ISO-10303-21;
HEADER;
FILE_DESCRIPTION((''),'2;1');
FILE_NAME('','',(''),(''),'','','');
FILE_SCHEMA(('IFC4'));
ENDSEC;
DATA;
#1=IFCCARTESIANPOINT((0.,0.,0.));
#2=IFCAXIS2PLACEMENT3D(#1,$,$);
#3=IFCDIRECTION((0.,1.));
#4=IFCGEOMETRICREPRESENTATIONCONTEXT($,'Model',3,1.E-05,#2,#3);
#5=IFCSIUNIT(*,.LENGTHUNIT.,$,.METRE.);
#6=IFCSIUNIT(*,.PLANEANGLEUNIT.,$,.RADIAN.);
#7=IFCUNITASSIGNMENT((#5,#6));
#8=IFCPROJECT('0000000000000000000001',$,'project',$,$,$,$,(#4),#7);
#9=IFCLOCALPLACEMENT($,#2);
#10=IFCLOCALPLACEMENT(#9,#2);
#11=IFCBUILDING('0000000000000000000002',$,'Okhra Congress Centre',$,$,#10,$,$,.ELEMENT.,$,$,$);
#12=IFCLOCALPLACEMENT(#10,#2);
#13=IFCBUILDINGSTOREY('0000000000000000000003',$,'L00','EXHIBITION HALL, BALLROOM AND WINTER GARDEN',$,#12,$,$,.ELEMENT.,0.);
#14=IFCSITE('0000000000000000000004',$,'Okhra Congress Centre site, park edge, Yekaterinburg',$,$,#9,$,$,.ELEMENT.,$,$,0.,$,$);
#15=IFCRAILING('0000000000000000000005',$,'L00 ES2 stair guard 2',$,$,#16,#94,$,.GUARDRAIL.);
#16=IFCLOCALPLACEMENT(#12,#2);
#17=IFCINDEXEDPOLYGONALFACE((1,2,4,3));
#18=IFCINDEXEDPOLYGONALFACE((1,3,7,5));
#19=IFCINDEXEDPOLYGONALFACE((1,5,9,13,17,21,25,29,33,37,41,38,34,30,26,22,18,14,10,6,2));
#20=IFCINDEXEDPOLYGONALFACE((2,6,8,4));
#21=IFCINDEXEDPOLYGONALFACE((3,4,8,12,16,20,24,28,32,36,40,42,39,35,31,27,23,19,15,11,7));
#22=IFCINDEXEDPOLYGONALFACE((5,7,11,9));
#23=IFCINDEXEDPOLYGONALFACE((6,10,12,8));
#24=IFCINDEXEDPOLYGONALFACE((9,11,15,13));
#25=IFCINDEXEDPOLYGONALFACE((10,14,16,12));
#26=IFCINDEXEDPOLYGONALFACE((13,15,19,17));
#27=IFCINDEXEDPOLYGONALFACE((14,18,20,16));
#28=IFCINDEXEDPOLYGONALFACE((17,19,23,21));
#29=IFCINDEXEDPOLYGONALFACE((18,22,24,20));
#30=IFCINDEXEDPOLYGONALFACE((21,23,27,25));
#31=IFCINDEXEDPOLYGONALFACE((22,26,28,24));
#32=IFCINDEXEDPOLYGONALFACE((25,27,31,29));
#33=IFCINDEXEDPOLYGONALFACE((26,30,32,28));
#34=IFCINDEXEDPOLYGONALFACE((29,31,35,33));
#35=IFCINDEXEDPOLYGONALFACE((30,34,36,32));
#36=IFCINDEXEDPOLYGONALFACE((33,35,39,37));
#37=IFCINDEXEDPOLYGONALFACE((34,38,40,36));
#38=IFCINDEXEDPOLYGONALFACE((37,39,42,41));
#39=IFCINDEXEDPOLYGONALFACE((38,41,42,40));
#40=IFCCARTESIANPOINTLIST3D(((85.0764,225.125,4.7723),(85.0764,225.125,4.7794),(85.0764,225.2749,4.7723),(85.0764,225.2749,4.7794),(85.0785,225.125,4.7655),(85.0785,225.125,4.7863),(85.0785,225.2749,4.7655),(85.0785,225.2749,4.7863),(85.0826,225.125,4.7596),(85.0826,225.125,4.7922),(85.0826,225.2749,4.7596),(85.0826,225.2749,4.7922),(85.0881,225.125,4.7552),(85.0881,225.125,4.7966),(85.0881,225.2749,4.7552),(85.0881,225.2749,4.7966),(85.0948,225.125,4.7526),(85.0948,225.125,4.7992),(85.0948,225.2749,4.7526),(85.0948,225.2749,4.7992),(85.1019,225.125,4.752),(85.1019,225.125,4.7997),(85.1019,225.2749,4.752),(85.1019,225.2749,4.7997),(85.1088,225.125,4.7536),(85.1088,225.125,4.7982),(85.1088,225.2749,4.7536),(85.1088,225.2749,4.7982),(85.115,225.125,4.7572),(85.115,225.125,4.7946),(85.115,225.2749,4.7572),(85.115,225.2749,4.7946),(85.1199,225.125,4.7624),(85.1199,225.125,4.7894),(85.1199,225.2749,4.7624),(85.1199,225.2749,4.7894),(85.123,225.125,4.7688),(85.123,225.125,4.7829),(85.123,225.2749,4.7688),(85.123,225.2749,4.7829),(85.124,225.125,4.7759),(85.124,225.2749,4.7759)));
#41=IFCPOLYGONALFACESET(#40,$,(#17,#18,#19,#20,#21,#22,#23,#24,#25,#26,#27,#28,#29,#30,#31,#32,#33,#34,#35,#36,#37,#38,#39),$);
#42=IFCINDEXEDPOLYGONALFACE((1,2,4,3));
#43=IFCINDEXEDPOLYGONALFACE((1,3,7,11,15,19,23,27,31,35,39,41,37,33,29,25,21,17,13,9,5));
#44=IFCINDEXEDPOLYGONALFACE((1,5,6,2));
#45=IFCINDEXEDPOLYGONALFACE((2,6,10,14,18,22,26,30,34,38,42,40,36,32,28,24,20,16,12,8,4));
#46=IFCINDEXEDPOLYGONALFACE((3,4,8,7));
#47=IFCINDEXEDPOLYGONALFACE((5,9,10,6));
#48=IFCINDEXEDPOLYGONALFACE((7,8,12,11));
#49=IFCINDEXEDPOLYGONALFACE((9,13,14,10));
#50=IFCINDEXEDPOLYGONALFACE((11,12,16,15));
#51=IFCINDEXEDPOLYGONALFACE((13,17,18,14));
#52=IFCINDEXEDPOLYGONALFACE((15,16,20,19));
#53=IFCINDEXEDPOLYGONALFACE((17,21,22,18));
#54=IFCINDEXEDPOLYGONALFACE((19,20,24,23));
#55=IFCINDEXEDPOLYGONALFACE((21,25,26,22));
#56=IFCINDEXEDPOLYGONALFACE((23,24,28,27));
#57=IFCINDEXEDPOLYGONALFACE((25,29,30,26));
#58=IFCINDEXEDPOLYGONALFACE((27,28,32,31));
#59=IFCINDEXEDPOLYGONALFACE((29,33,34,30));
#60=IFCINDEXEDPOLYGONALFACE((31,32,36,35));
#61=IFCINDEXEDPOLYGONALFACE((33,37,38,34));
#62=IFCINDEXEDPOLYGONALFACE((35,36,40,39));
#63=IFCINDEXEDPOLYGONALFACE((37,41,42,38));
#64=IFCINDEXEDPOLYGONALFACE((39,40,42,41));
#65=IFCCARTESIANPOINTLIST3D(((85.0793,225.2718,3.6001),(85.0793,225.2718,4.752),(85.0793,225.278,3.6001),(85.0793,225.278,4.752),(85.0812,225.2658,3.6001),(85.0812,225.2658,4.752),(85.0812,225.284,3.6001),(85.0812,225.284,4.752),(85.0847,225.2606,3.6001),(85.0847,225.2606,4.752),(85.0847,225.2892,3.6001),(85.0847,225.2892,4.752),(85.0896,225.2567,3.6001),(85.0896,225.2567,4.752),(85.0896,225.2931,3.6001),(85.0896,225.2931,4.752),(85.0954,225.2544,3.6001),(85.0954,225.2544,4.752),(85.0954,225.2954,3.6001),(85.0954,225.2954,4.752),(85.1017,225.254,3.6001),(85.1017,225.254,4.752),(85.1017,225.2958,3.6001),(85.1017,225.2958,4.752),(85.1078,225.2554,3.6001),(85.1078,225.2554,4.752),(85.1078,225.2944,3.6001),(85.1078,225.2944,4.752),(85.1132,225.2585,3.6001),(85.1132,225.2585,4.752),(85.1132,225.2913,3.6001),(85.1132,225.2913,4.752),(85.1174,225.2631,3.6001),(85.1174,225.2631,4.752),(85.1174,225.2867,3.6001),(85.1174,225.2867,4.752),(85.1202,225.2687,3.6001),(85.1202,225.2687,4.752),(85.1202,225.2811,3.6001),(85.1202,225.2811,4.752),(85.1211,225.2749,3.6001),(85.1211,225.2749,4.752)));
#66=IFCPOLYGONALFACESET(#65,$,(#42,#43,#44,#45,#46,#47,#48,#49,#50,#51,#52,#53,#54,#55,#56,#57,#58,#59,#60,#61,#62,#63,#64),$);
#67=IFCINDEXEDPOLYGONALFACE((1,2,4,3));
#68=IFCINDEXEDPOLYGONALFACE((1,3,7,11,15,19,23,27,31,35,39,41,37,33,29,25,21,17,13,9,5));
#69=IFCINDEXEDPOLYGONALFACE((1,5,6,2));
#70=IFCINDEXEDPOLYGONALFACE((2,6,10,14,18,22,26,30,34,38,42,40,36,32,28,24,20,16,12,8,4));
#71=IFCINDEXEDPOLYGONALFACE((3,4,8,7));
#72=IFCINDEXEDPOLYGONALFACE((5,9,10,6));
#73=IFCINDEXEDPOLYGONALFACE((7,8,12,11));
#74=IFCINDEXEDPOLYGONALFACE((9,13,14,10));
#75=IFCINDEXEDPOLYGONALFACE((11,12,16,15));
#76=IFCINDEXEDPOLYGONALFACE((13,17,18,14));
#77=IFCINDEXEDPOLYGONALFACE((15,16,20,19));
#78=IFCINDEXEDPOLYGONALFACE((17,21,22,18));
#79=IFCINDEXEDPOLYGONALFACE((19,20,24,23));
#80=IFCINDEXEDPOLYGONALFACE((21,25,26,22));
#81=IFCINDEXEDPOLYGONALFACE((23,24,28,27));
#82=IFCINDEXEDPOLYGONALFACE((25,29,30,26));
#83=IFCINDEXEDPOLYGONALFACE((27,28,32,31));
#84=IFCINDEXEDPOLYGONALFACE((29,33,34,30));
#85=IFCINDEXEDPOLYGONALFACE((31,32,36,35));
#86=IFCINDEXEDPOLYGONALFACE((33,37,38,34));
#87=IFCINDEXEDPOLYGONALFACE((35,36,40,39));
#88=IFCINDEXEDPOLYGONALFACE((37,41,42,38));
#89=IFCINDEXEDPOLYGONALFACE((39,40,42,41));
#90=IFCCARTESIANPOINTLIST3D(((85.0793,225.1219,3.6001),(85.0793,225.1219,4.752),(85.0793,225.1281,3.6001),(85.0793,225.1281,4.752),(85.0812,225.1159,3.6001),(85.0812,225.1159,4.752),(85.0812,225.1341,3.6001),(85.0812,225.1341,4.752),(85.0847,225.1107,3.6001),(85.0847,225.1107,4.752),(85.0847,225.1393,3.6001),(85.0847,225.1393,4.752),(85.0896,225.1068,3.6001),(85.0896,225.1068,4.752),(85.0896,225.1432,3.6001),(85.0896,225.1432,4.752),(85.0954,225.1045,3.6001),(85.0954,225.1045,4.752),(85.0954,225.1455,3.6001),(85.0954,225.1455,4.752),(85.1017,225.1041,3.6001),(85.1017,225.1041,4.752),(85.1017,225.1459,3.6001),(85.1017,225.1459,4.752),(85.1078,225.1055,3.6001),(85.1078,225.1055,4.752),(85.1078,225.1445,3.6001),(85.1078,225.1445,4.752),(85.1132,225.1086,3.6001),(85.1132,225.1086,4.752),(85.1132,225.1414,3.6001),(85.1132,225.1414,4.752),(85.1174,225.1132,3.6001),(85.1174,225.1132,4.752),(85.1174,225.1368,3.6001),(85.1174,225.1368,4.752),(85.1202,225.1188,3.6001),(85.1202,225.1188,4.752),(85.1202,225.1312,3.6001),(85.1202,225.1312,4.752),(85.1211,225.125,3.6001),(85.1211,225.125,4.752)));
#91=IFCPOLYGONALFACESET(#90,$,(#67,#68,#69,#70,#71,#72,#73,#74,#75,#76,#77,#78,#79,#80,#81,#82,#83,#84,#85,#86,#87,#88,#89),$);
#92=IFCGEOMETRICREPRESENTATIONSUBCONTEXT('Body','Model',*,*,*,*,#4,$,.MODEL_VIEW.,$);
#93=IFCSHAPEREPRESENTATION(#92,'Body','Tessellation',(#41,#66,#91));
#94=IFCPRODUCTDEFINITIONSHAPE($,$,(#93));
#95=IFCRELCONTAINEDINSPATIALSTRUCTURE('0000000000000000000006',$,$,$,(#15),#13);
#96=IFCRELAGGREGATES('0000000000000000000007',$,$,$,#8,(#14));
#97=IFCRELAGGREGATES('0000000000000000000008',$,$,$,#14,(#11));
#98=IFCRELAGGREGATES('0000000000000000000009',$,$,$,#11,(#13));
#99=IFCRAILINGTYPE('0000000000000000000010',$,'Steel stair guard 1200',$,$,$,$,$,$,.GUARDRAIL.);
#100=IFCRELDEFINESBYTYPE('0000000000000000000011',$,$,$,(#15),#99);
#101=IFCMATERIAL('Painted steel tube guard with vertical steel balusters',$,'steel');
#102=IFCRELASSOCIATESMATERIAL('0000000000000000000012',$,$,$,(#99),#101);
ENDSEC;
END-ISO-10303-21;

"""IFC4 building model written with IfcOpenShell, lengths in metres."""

from ifc_helpers import new_model, si_unit, direction, frame, origin, origin_2d, place, context, subcontext, project, spatial, circle, extrude, material, type_object, element, save


model = new_model("IFC4")

# Units and contexts
model_context = context("Model", 3, precision=1e-05, world=origin(), true_north=direction((0.0, 1.0)))
body_context = subcontext(model_context, "Body", "Model", "MODEL_VIEW")
ifc_project = project(units=[si_unit("LENGTHUNIT", "METRE"), si_unit("PLANEANGLEUNIT", "RADIAN")], contexts=[model_context])

# Site, building, storey
site_placement = place(None, origin())
site = spatial("IfcSite", under=ifc_project, at=site_placement, Name="Okhra Congress Centre site, park edge, Yekaterinburg", CompositionType="ELEMENT", RefElevation=0.0)
building_placement = place(site_placement, origin())
building = spatial("IfcBuilding", under=site, at=building_placement, Name="Okhra Congress Centre", CompositionType="ELEMENT")
storey_placement = place(building_placement, origin())
storey = spatial("IfcBuildingStorey", under=building, at=storey_placement, Name="L00", Description="EXHIBITION HALL, BALLROOM AND WINTER GARDEN", CompositionType="ELEMENT", Elevation=0.0)

# Railing
ifc_material_1 = material(Name="Painted steel tube guard with vertical steel balusters", Category="steel")
railing_type_1 = type_object("IfcRailingType", Name="Steel stair guard 1200", PredefinedType="GUARDRAIL", material=ifc_material_1)
railing_1_placement = place(storey_placement, frame((85.1001, 225.2749, 3.6001)))
element("IfcRailing", 1, at=railing_1_placement, inside=storey, type_object=railing_type_1, Name="L00 ES2 stair guard 2", PredefinedType="GUARDRAIL", context=body_context, shape_type="SweptSolid", body=[
    extrude(circle(Radius=0.0239, at=origin_2d()), frame((0.0, 0.0, 1.1758), z_axis=(0.0, -1.0, 0.0), x_axis=(1.0, 0.0, 0.0)), (0.0, 0.0, 1.0), 0.1499),
    extrude(circle(Radius=0.021, at=origin_2d()), origin(), (0.0, 0.0, 1.0), 1.1519),
    extrude(circle(Radius=0.021, at=origin_2d()), frame((0.0, -0.1499, 0.0)), (0.0, 0.0, 1.0), 1.1519),
])

save(model, "model.ifc")
